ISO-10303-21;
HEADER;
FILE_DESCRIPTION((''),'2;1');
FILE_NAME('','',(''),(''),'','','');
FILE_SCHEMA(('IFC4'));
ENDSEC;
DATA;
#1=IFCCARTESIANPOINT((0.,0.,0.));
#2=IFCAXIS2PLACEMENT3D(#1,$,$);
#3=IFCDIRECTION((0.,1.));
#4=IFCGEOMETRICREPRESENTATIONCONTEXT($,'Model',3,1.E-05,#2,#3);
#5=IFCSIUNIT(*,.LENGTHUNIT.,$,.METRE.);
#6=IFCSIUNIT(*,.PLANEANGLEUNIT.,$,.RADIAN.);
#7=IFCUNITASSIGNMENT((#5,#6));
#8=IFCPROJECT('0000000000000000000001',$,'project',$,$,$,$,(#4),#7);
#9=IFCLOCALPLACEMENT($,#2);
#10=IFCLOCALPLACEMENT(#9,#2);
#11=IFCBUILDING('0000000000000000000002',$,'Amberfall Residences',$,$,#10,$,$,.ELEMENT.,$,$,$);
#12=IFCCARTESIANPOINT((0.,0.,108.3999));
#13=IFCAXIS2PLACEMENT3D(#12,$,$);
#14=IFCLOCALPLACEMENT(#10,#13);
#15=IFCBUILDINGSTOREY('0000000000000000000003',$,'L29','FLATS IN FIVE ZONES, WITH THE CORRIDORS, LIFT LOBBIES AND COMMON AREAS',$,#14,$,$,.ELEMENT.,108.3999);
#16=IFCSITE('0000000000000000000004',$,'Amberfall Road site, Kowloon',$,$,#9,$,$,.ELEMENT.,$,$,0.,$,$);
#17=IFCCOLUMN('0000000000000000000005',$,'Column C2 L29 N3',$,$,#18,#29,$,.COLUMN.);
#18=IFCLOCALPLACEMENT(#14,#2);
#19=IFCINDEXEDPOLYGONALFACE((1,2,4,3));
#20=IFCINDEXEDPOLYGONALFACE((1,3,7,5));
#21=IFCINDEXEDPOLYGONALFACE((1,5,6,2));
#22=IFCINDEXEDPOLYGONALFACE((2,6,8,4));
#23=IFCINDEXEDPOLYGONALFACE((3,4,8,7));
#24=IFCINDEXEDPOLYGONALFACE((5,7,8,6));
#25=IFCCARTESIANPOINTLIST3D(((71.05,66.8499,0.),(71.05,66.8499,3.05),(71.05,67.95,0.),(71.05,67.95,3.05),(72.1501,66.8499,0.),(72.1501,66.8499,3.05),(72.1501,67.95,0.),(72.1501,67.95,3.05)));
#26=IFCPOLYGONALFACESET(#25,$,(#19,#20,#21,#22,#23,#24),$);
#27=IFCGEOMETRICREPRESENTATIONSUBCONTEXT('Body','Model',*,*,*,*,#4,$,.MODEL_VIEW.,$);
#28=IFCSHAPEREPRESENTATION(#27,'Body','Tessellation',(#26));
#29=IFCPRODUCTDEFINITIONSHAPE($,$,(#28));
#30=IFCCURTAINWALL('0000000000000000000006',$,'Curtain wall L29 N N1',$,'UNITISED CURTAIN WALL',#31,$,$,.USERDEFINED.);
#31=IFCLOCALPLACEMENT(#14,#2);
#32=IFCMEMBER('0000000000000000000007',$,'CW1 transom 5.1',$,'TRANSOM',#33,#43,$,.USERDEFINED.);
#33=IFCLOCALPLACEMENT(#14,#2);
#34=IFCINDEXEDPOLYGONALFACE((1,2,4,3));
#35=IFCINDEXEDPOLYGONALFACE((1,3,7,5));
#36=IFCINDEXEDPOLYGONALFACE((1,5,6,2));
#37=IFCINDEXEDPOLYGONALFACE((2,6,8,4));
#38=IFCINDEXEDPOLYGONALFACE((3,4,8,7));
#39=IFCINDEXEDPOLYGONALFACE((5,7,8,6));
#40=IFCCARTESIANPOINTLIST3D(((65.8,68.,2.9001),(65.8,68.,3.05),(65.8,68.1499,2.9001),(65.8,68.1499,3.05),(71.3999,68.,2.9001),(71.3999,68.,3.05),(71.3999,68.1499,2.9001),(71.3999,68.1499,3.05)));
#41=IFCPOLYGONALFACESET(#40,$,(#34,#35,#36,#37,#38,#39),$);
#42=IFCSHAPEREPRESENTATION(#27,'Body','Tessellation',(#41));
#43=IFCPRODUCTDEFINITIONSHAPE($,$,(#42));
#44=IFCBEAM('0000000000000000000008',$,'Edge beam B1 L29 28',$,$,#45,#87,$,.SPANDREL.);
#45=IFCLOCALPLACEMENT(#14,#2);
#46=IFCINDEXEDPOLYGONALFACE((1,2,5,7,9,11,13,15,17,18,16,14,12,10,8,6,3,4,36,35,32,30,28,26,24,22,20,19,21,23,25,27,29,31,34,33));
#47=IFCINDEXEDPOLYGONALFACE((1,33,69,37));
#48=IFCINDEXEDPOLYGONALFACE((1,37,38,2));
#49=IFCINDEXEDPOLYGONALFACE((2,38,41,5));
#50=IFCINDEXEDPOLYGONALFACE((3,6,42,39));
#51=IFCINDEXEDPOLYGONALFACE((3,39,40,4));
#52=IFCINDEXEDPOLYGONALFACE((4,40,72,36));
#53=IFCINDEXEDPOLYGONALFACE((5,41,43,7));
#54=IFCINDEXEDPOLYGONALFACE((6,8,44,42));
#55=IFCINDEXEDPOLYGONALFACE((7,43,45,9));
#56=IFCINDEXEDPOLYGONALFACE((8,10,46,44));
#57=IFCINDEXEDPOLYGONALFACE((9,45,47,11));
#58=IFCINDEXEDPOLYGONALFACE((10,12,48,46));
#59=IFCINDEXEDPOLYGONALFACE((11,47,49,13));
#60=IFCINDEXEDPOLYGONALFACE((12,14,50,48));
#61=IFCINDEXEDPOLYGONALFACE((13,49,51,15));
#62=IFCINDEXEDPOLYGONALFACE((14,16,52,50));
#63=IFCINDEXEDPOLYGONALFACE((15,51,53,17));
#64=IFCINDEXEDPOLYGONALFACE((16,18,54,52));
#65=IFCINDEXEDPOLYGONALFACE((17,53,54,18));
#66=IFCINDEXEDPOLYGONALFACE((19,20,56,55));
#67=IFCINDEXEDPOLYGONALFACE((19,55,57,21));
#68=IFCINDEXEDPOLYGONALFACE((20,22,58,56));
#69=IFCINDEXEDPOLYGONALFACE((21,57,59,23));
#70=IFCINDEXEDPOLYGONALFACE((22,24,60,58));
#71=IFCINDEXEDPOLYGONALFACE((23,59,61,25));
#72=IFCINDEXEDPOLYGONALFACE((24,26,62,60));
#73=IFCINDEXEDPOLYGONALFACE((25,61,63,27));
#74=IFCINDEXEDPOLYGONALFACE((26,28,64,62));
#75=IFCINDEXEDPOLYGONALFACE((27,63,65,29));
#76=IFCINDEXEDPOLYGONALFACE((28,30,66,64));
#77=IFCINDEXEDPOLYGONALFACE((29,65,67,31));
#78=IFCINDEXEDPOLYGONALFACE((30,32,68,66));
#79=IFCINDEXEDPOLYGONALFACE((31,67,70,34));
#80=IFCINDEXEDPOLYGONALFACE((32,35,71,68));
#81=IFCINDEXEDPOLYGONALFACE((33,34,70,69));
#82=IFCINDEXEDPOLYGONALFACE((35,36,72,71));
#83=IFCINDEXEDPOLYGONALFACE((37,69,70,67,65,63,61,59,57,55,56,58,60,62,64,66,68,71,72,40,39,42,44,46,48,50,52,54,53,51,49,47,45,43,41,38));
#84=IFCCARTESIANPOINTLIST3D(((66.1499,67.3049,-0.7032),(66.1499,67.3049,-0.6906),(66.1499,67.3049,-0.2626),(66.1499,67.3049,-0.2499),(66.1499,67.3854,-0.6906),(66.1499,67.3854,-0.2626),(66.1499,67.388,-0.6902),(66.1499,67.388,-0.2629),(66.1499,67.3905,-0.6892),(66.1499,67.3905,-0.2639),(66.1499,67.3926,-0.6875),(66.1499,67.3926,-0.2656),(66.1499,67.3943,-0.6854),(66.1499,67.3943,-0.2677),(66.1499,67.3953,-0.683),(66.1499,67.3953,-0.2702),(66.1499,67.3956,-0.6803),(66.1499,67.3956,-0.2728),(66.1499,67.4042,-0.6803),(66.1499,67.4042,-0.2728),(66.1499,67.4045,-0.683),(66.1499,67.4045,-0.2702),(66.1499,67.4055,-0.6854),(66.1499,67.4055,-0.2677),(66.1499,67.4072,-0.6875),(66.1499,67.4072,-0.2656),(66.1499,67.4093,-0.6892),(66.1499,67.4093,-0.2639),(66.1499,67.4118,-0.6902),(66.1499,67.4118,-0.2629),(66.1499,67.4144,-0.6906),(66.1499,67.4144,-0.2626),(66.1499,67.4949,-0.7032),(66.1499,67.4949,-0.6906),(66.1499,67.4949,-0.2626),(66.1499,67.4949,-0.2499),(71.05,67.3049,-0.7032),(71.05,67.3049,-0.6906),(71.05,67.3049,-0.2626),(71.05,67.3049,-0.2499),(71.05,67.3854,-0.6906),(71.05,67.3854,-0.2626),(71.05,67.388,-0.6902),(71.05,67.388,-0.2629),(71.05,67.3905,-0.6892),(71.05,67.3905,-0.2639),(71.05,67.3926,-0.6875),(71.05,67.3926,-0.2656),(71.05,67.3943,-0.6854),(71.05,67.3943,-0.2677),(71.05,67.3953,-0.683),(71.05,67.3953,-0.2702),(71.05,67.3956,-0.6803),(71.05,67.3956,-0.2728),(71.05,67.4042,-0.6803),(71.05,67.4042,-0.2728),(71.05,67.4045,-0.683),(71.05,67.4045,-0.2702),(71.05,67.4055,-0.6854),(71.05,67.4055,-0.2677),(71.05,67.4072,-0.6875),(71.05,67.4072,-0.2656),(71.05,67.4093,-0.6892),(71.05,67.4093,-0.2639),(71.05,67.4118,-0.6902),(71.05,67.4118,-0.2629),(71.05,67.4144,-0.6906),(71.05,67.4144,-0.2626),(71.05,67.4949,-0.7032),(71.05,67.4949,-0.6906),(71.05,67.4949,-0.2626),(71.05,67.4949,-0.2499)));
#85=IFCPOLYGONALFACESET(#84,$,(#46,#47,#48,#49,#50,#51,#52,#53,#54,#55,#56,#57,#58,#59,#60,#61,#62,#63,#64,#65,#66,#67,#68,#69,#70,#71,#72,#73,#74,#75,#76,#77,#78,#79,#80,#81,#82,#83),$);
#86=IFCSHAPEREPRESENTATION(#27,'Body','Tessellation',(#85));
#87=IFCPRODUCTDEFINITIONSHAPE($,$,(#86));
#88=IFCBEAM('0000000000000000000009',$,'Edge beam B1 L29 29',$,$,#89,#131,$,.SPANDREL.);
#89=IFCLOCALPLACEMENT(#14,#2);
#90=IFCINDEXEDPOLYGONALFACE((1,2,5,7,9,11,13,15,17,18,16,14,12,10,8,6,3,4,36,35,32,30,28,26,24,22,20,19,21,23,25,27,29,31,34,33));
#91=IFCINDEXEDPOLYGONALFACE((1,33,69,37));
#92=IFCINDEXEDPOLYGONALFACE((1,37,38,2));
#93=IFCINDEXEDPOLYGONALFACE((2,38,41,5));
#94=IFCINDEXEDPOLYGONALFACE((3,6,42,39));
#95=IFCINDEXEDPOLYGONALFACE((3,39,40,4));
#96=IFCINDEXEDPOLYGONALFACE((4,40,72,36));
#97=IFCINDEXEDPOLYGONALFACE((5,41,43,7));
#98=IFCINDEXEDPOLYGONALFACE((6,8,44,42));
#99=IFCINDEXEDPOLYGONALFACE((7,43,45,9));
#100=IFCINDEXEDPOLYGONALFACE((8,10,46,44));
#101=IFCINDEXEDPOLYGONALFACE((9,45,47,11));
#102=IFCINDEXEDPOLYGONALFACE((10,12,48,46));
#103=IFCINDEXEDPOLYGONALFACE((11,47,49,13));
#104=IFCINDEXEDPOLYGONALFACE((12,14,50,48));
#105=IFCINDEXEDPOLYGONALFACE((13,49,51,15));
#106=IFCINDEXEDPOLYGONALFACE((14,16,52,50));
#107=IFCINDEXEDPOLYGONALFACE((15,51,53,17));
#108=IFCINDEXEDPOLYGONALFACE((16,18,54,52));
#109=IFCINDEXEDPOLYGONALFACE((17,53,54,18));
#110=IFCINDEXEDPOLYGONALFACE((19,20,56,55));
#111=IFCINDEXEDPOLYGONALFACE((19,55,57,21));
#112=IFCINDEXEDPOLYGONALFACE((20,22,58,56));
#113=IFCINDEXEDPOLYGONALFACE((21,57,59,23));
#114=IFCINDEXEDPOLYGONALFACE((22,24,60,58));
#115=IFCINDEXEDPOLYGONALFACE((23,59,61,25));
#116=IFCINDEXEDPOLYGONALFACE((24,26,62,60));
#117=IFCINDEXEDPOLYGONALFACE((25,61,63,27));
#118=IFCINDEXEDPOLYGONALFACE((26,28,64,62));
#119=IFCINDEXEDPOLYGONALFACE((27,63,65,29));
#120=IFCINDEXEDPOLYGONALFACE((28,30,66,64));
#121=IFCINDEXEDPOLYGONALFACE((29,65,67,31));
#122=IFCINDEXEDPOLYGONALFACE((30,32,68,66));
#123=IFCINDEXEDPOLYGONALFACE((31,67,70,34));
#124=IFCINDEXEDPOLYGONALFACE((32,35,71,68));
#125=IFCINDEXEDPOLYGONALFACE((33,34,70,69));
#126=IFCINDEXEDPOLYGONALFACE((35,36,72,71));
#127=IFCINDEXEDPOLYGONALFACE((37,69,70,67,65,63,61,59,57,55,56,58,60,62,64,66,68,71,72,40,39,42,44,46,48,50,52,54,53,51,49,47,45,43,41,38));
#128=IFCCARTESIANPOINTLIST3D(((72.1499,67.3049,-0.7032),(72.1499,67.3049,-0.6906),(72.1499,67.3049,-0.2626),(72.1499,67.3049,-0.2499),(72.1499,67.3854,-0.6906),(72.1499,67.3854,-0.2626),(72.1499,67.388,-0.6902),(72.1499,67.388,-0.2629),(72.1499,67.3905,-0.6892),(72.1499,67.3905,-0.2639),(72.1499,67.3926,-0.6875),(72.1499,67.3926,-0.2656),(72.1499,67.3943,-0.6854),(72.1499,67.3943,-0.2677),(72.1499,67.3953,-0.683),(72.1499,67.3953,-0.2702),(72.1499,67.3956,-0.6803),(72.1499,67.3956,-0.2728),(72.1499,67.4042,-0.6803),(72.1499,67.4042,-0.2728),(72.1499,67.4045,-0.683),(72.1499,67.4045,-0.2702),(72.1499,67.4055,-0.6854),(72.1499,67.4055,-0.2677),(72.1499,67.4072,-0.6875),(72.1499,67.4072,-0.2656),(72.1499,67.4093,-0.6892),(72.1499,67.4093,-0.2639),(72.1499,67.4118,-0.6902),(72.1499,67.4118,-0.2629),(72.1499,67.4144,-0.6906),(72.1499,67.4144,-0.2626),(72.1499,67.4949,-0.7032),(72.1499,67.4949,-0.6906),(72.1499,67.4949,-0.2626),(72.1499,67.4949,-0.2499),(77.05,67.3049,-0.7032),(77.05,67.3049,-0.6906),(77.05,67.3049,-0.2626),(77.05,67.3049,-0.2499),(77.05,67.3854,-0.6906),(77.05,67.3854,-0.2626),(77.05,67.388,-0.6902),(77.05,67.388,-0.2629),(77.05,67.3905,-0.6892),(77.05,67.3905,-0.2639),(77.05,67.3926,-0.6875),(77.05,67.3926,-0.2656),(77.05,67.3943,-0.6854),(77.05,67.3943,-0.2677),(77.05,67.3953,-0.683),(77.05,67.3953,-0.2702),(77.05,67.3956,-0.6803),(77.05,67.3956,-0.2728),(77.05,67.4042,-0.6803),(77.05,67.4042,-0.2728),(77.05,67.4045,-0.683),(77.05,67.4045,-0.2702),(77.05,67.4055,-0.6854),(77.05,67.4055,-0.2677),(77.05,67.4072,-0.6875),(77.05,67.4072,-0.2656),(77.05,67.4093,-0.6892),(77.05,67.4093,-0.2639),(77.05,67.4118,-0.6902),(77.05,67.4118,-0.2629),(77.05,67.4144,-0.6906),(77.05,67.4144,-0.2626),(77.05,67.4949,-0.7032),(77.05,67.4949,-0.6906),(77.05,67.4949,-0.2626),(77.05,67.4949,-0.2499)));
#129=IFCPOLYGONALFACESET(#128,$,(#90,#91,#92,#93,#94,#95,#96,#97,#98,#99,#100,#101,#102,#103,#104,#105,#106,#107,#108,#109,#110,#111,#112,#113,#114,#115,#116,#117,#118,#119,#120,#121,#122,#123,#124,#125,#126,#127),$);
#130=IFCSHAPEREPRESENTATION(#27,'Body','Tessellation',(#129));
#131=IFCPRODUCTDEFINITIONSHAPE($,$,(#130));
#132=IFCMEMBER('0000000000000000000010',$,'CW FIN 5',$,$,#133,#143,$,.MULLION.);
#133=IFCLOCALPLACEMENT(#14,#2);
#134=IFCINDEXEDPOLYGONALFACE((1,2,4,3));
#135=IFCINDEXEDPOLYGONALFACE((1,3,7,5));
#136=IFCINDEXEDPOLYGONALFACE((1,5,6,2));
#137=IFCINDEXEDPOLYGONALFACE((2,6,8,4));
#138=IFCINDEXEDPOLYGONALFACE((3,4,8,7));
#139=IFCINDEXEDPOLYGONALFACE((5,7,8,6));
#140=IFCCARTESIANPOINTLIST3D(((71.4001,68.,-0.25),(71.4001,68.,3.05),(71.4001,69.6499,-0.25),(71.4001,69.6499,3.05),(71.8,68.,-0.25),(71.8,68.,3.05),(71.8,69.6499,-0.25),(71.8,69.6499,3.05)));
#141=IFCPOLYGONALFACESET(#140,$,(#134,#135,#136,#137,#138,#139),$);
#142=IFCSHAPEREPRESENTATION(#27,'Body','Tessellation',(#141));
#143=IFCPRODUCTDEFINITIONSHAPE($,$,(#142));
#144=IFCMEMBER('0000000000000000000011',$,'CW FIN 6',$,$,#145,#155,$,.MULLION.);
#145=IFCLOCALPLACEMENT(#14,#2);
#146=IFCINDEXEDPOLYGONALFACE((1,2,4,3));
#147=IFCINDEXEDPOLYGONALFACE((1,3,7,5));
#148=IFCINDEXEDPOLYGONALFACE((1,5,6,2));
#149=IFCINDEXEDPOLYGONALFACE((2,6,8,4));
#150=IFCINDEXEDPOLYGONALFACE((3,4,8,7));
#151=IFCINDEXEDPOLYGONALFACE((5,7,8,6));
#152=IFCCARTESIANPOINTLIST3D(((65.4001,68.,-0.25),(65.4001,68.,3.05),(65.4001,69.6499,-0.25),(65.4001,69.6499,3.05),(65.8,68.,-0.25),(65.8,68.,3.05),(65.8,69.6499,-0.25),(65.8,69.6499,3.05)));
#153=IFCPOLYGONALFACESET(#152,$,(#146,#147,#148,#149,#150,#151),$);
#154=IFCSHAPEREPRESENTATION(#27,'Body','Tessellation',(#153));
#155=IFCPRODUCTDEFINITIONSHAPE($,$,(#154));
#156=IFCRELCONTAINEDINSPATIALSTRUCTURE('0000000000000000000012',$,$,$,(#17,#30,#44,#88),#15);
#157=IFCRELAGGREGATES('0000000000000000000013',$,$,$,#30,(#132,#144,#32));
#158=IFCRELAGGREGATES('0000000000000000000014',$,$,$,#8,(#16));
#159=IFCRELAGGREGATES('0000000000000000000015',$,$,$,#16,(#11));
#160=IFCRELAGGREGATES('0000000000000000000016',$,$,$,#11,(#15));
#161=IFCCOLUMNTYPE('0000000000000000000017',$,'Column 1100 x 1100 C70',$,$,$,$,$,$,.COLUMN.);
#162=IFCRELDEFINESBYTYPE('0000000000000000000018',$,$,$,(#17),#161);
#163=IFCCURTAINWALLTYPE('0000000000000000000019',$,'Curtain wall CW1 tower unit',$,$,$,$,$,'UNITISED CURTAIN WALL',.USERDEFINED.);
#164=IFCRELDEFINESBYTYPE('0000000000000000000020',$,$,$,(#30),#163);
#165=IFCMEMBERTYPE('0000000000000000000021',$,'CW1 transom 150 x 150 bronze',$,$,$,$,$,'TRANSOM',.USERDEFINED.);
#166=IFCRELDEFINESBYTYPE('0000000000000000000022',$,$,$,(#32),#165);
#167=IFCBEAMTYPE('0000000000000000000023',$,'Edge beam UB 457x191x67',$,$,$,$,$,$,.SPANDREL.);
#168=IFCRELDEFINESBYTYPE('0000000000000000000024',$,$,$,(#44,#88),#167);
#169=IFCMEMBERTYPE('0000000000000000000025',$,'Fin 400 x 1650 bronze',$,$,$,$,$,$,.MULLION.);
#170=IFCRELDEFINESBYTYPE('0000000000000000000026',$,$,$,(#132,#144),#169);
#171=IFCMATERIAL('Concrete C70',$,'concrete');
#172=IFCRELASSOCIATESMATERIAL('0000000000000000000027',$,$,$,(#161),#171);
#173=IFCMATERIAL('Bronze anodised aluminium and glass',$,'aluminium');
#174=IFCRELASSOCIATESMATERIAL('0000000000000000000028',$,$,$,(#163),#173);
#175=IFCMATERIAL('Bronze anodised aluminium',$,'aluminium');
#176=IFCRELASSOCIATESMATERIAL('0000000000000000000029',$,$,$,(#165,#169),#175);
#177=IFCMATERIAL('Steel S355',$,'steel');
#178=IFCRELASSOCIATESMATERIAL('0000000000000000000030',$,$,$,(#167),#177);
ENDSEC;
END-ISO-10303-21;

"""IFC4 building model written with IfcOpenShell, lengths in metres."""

from ifc_helpers import new_model, si_unit, direction, frame, origin, origin_2d, place, context, subcontext, project, spatial, rectangle, i_section, extrude, material, material_profile, profile_set, type_object, element, aggregate, save


model = new_model("IFC4")

# Units and contexts
model_context = context("Model", 3, precision=1e-05, world=origin(), true_north=direction((0.0, 1.0)))
body_context = subcontext(model_context, "Body", "Model", "MODEL_VIEW")
ifc_project = project(units=[si_unit("LENGTHUNIT", "METRE"), si_unit("PLANEANGLEUNIT", "RADIAN")], contexts=[model_context])

# Site, building, storey
site_placement = place(None, origin())
site = spatial("IfcSite", under=ifc_project, at=site_placement, Name="Amberfall Road site, Kowloon", CompositionType="ELEMENT", RefElevation=0.0)
building_placement = place(site_placement, origin())
building = spatial("IfcBuilding", under=site, at=building_placement, Name="Amberfall Residences", CompositionType="ELEMENT")
storey_placement = place(building_placement, frame((0.0, 0.0, 108.3999)))
storey = spatial("IfcBuildingStorey", under=building, at=storey_placement, Name="L29", Description="FLATS IN FIVE ZONES, WITH THE CORRIDORS, LIFT LOBBIES AND COMMON AREAS", CompositionType="ELEMENT", Elevation=108.3999)

# Column
ifc_material_1 = material(Name="Concrete C70", Category="concrete")
ifc_material_profile_1 = material_profile(ifc_material_1, rectangle(XDim=1.1001, YDim=1.1001, at=origin_2d()), Name="Column 1100 x 1100 C70")
ifc_profile_set_1 = profile_set([ifc_material_profile_1], Name="Concrete C70")
column_type = type_object("IfcColumnType", Name="Column 1100 x 1100 C70", PredefinedType="COLUMN", material=ifc_profile_set_1)
column_placement = place(storey_placement, frame((71.6001, 67.3999, 0.0), z_axis=(0.0, 0.0, 1.0), x_axis=(1.0, 0.0, 0.0)))
element("IfcColumn", 1, at=column_placement, inside=storey, type_object=column_type, Name="Column C2 L29 N3", PredefinedType="COLUMN", context=body_context, shape_type="SweptSolid", body=[
    extrude(rectangle(XDim=1.1001, YDim=1.1001, at=origin_2d()), origin(), (0.0, 0.0, 1.0), 3.05),
])

# Curtain wall, member
ifc_material_2 = material(Name="Bronze anodised aluminium and glass", Category="aluminium")
curtain_wall_type = type_object("IfcCurtainWallType", Name="Curtain wall CW1 tower unit", ElementType="UNITISED CURTAIN WALL", PredefinedType="USERDEFINED", material=ifc_material_2)
curtain_wall_placement = place(storey_placement, origin())
curtain_wall = element("IfcCurtainWall", 2, at=curtain_wall_placement, inside=storey, type_object=curtain_wall_type, Name="Curtain wall L29 N N1", ObjectType="UNITISED CURTAIN WALL", PredefinedType="USERDEFINED")
ifc_material_3 = material(Name="Bronze anodised aluminium", Category="aluminium")
ifc_material_profile_2 = material_profile(ifc_material_3, rectangle(XDim=0.1499, YDim=0.1499, at=origin_2d()), Name="CW1 transom 150 x 150 bronze")
ifc_profile_set_2 = profile_set([ifc_material_profile_2], Name="Bronze anodised aluminium")
member_type_1 = type_object("IfcMemberType", Name="CW1 transom 150 x 150 bronze", ElementType="TRANSOM", PredefinedType="USERDEFINED", material=ifc_profile_set_2)
member_1_placement = place(storey_placement, frame((71.3999, 68.075, 2.9751), z_axis=(-1.0, 0.0, 0.0), x_axis=(0.0, -1.0, 0.0)))
member_1 = element("IfcMember", 3, at=member_1_placement, type_object=member_type_1, Name="CW1 transom 5.1", ObjectType="TRANSOM", PredefinedType="USERDEFINED", context=body_context, shape_type="SweptSolid", body=[
    extrude(rectangle(XDim=0.1499, YDim=0.1499, at=origin_2d()), origin(), (0.0, 0.0, 1.0), 5.5999),
])

# Beams
ifc_material_4 = material(Name="Steel S355", Category="steel")
ifc_material_profile_3 = material_profile(ifc_material_4, i_section(OverallWidth=0.1899, OverallDepth=0.4534, WebThickness=0.0085, FlangeThickness=0.0127, FilletRadius=0.0103, at=origin_2d()), Name="UB 457x191x67")
ifc_profile_set_3 = profile_set([ifc_material_profile_3], Name="Steel S355")
beam_type_1 = type_object("IfcBeamType", Name="Edge beam UB 457x191x67", PredefinedType="SPANDREL", material=ifc_profile_set_3)
for number, where, z_axis, x_axis, name in (
    (4, (66.1499, 67.3999, -0.4766), (1.0, 0.0, 0.0), (0.0, 1.0, 0.0), "Edge beam B1 L29 28"),
    (5, (72.1499, 67.3999, -0.4766), (1.0, 0.0, 0.0), (0.0, 1.0, 0.0), "Edge beam B1 L29 29"),
):
    element("IfcBeam", number, at=place(storey_placement, frame(where, z_axis=z_axis, x_axis=x_axis)), inside=storey, type_object=beam_type_1, Name=name, PredefinedType="SPANDREL", context=body_context, shape_type="SweptSolid", body=[
        extrude(i_section(OverallWidth=0.1899, OverallDepth=0.4534, WebThickness=0.0085, FlangeThickness=0.0127, FilletRadius=0.0103, at=origin_2d()), origin(), (0.0, 0.0, 1.0), 4.9001),
    ])

# Members
ifc_material_profile_4 = material_profile(ifc_material_3, rectangle(XDim=1.6499, YDim=0.3999, at=origin_2d()), Name="Fin 400 x 1650 bronze")
ifc_profile_set_4 = profile_set([ifc_material_profile_4], Name="Bronze anodised aluminium")
member_type_2 = type_object("IfcMemberType", Name="Fin 400 x 1650 bronze", PredefinedType="MULLION", material=ifc_profile_set_4)
member_2_placement = place(storey_placement, frame((71.6001, 68.825, -0.25), z_axis=(0.0, 0.0, 1.0), x_axis=(0.0, -1.0, 0.0)))
member_2 = element("IfcMember", 6, at=member_2_placement, type_object=member_type_2, Name="CW FIN 5", PredefinedType="MULLION", context=body_context, shape_type="SweptSolid", body=[
    extrude(rectangle(XDim=1.6499, YDim=0.3999, at=origin_2d()), origin(), (0.0, 0.0, 1.0), 3.3),
])
member_3_placement = place(storey_placement, frame((65.6001, 68.825, -0.25), z_axis=(0.0, 0.0, 1.0), x_axis=(0.0, -1.0, 0.0)))
member_3 = element("IfcMember", 7, at=member_3_placement, type_object=member_type_2, Name="CW FIN 6", PredefinedType="MULLION", context=body_context, shape_type="SweptSolid", body=[
    extrude(rectangle(XDim=1.6499, YDim=0.3999, at=origin_2d()), origin(), (0.0, 0.0, 1.0), 3.3),
])

aggregate(curtain_wall, [member_2, member_3, member_1])

save(model, "model.ifc")
